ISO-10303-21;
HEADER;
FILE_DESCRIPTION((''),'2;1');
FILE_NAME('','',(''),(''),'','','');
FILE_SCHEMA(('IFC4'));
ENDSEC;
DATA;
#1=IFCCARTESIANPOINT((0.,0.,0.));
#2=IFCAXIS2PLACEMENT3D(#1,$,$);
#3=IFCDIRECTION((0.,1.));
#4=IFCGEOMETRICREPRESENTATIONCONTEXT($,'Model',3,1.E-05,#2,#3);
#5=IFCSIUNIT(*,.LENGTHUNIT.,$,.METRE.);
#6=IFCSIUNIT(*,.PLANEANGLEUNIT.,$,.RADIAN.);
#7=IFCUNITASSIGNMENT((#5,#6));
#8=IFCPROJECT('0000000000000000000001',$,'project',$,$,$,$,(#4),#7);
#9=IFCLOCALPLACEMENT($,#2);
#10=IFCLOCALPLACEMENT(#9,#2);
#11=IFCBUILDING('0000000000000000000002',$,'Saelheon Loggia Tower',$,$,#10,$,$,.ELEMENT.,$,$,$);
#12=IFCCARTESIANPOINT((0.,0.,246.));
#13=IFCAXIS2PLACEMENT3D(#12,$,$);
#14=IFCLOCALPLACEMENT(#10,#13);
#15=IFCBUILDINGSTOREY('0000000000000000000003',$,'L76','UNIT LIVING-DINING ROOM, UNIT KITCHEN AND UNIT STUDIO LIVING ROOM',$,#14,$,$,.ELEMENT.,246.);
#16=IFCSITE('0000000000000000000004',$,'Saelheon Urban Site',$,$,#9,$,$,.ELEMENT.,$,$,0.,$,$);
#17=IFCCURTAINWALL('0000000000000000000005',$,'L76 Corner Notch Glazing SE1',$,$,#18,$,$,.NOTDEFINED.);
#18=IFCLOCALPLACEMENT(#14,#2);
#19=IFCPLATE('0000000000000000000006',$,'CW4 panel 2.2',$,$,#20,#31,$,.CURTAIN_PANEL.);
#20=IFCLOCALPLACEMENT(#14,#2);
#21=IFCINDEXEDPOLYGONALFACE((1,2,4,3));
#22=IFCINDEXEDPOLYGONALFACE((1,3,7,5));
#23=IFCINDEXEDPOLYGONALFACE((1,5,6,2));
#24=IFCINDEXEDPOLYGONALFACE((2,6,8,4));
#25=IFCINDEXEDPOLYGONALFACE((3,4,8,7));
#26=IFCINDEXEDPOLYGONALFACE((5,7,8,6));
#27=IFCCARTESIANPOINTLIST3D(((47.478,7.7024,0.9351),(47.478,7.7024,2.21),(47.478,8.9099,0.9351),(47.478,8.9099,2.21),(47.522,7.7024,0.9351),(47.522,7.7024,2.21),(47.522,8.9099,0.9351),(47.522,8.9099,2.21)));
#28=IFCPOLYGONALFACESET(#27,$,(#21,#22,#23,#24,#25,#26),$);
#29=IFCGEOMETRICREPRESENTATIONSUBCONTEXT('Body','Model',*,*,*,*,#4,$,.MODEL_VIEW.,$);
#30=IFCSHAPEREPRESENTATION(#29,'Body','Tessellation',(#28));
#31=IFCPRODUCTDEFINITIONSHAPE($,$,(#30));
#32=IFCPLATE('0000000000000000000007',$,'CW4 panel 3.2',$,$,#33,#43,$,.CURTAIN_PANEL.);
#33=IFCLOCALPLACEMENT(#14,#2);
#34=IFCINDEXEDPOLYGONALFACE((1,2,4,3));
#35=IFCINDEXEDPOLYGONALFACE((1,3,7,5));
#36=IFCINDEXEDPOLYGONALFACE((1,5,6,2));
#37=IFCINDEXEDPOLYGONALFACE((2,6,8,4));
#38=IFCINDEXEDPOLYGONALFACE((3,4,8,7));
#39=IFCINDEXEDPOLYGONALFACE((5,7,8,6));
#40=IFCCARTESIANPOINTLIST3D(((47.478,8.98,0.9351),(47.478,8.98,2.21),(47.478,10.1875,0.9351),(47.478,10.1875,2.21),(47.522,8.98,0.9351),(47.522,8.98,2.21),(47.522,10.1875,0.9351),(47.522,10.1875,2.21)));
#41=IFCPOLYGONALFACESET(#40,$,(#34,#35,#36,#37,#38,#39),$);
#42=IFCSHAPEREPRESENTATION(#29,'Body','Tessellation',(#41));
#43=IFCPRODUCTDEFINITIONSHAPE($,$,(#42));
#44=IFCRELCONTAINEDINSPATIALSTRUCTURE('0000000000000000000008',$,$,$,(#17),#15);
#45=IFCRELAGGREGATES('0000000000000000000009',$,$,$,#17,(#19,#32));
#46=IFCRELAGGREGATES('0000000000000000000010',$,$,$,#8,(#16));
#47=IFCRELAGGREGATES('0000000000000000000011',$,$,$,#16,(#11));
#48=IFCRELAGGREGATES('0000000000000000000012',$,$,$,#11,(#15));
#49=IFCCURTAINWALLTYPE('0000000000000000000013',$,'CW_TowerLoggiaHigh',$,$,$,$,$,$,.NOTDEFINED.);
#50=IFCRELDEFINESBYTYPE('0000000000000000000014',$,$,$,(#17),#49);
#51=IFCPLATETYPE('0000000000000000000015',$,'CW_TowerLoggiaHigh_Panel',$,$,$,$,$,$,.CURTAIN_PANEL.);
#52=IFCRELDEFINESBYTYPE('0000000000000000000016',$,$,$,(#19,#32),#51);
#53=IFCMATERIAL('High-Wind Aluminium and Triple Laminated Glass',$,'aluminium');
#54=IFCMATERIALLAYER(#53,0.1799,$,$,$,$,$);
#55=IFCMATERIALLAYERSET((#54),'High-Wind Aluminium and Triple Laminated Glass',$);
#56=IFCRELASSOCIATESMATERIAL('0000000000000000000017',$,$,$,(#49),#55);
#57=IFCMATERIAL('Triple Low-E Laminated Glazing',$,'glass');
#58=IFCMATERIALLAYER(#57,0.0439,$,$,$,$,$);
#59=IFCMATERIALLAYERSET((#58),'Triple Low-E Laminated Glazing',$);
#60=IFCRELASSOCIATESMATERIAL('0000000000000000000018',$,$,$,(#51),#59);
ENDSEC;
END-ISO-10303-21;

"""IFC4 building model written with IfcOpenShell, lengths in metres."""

from ifc_helpers import new_model, si_unit, direction, frame, origin, origin_2d, place, context, subcontext, project, spatial, rectangle, extrude, source, transform, mapped, material, layer, layer_set, type_object, element, aggregate, save


model = new_model("IFC4")

# Units and contexts
model_context = context("Model", 3, precision=1e-05, world=origin(), true_north=direction((0.0, 1.0)))
body_context = subcontext(model_context, "Body", "Model", "MODEL_VIEW")
ifc_project = project(units=[si_unit("LENGTHUNIT", "METRE"), si_unit("PLANEANGLEUNIT", "RADIAN")], contexts=[model_context])

# Site, building, storey
site_placement = place(None, origin())
site = spatial("IfcSite", under=ifc_project, at=site_placement, Name="Saelheon Urban Site", CompositionType="ELEMENT", RefElevation=0.0)
building_placement = place(site_placement, origin())
building = spatial("IfcBuilding", under=site, at=building_placement, Name="Saelheon Loggia Tower", CompositionType="ELEMENT")
storey_placement = place(building_placement, frame((0.0, 0.0, 246.0)))
storey = spatial("IfcBuildingStorey", under=building, at=storey_placement, Name="L76", Description="UNIT LIVING-DINING ROOM, UNIT KITCHEN AND UNIT STUDIO LIVING ROOM", CompositionType="ELEMENT", Elevation=246.0)

# Curtain wall, plates
ifc_material_1 = material(Name="High-Wind Aluminium and Triple Laminated Glass", Category="aluminium")
ifc_layer_1 = layer(ifc_material_1, 0.1799)
ifc_layer_set_1 = layer_set([ifc_layer_1], Name="High-Wind Aluminium and Triple Laminated Glass")
curtain_wall_type = type_object("IfcCurtainWallType", Name="CW_TowerLoggiaHigh", PredefinedType="NOTDEFINED", material=ifc_layer_set_1)
curtain_wall_placement = place(storey_placement, origin())
curtain_wall = element("IfcCurtainWall", 1, at=curtain_wall_placement, inside=storey, type_object=curtain_wall_type, Name="L76 Corner Notch Glazing SE1", PredefinedType="NOTDEFINED")
ifc_material_2 = material(Name="Triple Low-E Laminated Glazing", Category="glass")
ifc_layer_2 = layer(ifc_material_2, 0.0439)
ifc_layer_set_2 = layer_set([ifc_layer_2], Name="Triple Low-E Laminated Glazing")
plate_type = type_object("IfcPlateType", Name="CW_TowerLoggiaHigh_Panel", PredefinedType="CURTAIN_PANEL", material=ifc_layer_set_2)
shared_shape_1 = source(origin(), body_context, "Body", "SweptSolid", [
    extrude(rectangle(XDim=1.2075, YDim=0.0439, at=origin_2d()), origin(), (0.0, 0.0, 1.0), 1.2749),
])
plate_1_placement = place(storey_placement, frame((47.5, 8.3062, 0.9351), z_axis=(0.0, 0.0, 1.0), x_axis=(0.0, 1.0, 0.0)))
plate_1 = element("IfcPlate", 2, at=plate_1_placement, type_object=plate_type, Name="CW4 panel 2.2", PredefinedType="CURTAIN_PANEL", context=body_context, shape_type="MappedRepresentation", body=[
    mapped(shared_shape_1, transform((0.0, 0.0, 0.0), scale=1.0)),
])
plate_2_placement = place(storey_placement, frame((47.5, 9.5837, 0.9351), z_axis=(0.0, 0.0, 1.0), x_axis=(0.0, 1.0, 0.0)))
plate_2 = element("IfcPlate", 3, at=plate_2_placement, type_object=plate_type, Name="CW4 panel 3.2", PredefinedType="CURTAIN_PANEL", context=body_context, shape_type="MappedRepresentation", body=[
    mapped(shared_shape_1, transform((0.0, 0.0, 0.0), scale=1.0)),
])
aggregate(curtain_wall, [plate_1, plate_2])

save(model, "model.ifc")
